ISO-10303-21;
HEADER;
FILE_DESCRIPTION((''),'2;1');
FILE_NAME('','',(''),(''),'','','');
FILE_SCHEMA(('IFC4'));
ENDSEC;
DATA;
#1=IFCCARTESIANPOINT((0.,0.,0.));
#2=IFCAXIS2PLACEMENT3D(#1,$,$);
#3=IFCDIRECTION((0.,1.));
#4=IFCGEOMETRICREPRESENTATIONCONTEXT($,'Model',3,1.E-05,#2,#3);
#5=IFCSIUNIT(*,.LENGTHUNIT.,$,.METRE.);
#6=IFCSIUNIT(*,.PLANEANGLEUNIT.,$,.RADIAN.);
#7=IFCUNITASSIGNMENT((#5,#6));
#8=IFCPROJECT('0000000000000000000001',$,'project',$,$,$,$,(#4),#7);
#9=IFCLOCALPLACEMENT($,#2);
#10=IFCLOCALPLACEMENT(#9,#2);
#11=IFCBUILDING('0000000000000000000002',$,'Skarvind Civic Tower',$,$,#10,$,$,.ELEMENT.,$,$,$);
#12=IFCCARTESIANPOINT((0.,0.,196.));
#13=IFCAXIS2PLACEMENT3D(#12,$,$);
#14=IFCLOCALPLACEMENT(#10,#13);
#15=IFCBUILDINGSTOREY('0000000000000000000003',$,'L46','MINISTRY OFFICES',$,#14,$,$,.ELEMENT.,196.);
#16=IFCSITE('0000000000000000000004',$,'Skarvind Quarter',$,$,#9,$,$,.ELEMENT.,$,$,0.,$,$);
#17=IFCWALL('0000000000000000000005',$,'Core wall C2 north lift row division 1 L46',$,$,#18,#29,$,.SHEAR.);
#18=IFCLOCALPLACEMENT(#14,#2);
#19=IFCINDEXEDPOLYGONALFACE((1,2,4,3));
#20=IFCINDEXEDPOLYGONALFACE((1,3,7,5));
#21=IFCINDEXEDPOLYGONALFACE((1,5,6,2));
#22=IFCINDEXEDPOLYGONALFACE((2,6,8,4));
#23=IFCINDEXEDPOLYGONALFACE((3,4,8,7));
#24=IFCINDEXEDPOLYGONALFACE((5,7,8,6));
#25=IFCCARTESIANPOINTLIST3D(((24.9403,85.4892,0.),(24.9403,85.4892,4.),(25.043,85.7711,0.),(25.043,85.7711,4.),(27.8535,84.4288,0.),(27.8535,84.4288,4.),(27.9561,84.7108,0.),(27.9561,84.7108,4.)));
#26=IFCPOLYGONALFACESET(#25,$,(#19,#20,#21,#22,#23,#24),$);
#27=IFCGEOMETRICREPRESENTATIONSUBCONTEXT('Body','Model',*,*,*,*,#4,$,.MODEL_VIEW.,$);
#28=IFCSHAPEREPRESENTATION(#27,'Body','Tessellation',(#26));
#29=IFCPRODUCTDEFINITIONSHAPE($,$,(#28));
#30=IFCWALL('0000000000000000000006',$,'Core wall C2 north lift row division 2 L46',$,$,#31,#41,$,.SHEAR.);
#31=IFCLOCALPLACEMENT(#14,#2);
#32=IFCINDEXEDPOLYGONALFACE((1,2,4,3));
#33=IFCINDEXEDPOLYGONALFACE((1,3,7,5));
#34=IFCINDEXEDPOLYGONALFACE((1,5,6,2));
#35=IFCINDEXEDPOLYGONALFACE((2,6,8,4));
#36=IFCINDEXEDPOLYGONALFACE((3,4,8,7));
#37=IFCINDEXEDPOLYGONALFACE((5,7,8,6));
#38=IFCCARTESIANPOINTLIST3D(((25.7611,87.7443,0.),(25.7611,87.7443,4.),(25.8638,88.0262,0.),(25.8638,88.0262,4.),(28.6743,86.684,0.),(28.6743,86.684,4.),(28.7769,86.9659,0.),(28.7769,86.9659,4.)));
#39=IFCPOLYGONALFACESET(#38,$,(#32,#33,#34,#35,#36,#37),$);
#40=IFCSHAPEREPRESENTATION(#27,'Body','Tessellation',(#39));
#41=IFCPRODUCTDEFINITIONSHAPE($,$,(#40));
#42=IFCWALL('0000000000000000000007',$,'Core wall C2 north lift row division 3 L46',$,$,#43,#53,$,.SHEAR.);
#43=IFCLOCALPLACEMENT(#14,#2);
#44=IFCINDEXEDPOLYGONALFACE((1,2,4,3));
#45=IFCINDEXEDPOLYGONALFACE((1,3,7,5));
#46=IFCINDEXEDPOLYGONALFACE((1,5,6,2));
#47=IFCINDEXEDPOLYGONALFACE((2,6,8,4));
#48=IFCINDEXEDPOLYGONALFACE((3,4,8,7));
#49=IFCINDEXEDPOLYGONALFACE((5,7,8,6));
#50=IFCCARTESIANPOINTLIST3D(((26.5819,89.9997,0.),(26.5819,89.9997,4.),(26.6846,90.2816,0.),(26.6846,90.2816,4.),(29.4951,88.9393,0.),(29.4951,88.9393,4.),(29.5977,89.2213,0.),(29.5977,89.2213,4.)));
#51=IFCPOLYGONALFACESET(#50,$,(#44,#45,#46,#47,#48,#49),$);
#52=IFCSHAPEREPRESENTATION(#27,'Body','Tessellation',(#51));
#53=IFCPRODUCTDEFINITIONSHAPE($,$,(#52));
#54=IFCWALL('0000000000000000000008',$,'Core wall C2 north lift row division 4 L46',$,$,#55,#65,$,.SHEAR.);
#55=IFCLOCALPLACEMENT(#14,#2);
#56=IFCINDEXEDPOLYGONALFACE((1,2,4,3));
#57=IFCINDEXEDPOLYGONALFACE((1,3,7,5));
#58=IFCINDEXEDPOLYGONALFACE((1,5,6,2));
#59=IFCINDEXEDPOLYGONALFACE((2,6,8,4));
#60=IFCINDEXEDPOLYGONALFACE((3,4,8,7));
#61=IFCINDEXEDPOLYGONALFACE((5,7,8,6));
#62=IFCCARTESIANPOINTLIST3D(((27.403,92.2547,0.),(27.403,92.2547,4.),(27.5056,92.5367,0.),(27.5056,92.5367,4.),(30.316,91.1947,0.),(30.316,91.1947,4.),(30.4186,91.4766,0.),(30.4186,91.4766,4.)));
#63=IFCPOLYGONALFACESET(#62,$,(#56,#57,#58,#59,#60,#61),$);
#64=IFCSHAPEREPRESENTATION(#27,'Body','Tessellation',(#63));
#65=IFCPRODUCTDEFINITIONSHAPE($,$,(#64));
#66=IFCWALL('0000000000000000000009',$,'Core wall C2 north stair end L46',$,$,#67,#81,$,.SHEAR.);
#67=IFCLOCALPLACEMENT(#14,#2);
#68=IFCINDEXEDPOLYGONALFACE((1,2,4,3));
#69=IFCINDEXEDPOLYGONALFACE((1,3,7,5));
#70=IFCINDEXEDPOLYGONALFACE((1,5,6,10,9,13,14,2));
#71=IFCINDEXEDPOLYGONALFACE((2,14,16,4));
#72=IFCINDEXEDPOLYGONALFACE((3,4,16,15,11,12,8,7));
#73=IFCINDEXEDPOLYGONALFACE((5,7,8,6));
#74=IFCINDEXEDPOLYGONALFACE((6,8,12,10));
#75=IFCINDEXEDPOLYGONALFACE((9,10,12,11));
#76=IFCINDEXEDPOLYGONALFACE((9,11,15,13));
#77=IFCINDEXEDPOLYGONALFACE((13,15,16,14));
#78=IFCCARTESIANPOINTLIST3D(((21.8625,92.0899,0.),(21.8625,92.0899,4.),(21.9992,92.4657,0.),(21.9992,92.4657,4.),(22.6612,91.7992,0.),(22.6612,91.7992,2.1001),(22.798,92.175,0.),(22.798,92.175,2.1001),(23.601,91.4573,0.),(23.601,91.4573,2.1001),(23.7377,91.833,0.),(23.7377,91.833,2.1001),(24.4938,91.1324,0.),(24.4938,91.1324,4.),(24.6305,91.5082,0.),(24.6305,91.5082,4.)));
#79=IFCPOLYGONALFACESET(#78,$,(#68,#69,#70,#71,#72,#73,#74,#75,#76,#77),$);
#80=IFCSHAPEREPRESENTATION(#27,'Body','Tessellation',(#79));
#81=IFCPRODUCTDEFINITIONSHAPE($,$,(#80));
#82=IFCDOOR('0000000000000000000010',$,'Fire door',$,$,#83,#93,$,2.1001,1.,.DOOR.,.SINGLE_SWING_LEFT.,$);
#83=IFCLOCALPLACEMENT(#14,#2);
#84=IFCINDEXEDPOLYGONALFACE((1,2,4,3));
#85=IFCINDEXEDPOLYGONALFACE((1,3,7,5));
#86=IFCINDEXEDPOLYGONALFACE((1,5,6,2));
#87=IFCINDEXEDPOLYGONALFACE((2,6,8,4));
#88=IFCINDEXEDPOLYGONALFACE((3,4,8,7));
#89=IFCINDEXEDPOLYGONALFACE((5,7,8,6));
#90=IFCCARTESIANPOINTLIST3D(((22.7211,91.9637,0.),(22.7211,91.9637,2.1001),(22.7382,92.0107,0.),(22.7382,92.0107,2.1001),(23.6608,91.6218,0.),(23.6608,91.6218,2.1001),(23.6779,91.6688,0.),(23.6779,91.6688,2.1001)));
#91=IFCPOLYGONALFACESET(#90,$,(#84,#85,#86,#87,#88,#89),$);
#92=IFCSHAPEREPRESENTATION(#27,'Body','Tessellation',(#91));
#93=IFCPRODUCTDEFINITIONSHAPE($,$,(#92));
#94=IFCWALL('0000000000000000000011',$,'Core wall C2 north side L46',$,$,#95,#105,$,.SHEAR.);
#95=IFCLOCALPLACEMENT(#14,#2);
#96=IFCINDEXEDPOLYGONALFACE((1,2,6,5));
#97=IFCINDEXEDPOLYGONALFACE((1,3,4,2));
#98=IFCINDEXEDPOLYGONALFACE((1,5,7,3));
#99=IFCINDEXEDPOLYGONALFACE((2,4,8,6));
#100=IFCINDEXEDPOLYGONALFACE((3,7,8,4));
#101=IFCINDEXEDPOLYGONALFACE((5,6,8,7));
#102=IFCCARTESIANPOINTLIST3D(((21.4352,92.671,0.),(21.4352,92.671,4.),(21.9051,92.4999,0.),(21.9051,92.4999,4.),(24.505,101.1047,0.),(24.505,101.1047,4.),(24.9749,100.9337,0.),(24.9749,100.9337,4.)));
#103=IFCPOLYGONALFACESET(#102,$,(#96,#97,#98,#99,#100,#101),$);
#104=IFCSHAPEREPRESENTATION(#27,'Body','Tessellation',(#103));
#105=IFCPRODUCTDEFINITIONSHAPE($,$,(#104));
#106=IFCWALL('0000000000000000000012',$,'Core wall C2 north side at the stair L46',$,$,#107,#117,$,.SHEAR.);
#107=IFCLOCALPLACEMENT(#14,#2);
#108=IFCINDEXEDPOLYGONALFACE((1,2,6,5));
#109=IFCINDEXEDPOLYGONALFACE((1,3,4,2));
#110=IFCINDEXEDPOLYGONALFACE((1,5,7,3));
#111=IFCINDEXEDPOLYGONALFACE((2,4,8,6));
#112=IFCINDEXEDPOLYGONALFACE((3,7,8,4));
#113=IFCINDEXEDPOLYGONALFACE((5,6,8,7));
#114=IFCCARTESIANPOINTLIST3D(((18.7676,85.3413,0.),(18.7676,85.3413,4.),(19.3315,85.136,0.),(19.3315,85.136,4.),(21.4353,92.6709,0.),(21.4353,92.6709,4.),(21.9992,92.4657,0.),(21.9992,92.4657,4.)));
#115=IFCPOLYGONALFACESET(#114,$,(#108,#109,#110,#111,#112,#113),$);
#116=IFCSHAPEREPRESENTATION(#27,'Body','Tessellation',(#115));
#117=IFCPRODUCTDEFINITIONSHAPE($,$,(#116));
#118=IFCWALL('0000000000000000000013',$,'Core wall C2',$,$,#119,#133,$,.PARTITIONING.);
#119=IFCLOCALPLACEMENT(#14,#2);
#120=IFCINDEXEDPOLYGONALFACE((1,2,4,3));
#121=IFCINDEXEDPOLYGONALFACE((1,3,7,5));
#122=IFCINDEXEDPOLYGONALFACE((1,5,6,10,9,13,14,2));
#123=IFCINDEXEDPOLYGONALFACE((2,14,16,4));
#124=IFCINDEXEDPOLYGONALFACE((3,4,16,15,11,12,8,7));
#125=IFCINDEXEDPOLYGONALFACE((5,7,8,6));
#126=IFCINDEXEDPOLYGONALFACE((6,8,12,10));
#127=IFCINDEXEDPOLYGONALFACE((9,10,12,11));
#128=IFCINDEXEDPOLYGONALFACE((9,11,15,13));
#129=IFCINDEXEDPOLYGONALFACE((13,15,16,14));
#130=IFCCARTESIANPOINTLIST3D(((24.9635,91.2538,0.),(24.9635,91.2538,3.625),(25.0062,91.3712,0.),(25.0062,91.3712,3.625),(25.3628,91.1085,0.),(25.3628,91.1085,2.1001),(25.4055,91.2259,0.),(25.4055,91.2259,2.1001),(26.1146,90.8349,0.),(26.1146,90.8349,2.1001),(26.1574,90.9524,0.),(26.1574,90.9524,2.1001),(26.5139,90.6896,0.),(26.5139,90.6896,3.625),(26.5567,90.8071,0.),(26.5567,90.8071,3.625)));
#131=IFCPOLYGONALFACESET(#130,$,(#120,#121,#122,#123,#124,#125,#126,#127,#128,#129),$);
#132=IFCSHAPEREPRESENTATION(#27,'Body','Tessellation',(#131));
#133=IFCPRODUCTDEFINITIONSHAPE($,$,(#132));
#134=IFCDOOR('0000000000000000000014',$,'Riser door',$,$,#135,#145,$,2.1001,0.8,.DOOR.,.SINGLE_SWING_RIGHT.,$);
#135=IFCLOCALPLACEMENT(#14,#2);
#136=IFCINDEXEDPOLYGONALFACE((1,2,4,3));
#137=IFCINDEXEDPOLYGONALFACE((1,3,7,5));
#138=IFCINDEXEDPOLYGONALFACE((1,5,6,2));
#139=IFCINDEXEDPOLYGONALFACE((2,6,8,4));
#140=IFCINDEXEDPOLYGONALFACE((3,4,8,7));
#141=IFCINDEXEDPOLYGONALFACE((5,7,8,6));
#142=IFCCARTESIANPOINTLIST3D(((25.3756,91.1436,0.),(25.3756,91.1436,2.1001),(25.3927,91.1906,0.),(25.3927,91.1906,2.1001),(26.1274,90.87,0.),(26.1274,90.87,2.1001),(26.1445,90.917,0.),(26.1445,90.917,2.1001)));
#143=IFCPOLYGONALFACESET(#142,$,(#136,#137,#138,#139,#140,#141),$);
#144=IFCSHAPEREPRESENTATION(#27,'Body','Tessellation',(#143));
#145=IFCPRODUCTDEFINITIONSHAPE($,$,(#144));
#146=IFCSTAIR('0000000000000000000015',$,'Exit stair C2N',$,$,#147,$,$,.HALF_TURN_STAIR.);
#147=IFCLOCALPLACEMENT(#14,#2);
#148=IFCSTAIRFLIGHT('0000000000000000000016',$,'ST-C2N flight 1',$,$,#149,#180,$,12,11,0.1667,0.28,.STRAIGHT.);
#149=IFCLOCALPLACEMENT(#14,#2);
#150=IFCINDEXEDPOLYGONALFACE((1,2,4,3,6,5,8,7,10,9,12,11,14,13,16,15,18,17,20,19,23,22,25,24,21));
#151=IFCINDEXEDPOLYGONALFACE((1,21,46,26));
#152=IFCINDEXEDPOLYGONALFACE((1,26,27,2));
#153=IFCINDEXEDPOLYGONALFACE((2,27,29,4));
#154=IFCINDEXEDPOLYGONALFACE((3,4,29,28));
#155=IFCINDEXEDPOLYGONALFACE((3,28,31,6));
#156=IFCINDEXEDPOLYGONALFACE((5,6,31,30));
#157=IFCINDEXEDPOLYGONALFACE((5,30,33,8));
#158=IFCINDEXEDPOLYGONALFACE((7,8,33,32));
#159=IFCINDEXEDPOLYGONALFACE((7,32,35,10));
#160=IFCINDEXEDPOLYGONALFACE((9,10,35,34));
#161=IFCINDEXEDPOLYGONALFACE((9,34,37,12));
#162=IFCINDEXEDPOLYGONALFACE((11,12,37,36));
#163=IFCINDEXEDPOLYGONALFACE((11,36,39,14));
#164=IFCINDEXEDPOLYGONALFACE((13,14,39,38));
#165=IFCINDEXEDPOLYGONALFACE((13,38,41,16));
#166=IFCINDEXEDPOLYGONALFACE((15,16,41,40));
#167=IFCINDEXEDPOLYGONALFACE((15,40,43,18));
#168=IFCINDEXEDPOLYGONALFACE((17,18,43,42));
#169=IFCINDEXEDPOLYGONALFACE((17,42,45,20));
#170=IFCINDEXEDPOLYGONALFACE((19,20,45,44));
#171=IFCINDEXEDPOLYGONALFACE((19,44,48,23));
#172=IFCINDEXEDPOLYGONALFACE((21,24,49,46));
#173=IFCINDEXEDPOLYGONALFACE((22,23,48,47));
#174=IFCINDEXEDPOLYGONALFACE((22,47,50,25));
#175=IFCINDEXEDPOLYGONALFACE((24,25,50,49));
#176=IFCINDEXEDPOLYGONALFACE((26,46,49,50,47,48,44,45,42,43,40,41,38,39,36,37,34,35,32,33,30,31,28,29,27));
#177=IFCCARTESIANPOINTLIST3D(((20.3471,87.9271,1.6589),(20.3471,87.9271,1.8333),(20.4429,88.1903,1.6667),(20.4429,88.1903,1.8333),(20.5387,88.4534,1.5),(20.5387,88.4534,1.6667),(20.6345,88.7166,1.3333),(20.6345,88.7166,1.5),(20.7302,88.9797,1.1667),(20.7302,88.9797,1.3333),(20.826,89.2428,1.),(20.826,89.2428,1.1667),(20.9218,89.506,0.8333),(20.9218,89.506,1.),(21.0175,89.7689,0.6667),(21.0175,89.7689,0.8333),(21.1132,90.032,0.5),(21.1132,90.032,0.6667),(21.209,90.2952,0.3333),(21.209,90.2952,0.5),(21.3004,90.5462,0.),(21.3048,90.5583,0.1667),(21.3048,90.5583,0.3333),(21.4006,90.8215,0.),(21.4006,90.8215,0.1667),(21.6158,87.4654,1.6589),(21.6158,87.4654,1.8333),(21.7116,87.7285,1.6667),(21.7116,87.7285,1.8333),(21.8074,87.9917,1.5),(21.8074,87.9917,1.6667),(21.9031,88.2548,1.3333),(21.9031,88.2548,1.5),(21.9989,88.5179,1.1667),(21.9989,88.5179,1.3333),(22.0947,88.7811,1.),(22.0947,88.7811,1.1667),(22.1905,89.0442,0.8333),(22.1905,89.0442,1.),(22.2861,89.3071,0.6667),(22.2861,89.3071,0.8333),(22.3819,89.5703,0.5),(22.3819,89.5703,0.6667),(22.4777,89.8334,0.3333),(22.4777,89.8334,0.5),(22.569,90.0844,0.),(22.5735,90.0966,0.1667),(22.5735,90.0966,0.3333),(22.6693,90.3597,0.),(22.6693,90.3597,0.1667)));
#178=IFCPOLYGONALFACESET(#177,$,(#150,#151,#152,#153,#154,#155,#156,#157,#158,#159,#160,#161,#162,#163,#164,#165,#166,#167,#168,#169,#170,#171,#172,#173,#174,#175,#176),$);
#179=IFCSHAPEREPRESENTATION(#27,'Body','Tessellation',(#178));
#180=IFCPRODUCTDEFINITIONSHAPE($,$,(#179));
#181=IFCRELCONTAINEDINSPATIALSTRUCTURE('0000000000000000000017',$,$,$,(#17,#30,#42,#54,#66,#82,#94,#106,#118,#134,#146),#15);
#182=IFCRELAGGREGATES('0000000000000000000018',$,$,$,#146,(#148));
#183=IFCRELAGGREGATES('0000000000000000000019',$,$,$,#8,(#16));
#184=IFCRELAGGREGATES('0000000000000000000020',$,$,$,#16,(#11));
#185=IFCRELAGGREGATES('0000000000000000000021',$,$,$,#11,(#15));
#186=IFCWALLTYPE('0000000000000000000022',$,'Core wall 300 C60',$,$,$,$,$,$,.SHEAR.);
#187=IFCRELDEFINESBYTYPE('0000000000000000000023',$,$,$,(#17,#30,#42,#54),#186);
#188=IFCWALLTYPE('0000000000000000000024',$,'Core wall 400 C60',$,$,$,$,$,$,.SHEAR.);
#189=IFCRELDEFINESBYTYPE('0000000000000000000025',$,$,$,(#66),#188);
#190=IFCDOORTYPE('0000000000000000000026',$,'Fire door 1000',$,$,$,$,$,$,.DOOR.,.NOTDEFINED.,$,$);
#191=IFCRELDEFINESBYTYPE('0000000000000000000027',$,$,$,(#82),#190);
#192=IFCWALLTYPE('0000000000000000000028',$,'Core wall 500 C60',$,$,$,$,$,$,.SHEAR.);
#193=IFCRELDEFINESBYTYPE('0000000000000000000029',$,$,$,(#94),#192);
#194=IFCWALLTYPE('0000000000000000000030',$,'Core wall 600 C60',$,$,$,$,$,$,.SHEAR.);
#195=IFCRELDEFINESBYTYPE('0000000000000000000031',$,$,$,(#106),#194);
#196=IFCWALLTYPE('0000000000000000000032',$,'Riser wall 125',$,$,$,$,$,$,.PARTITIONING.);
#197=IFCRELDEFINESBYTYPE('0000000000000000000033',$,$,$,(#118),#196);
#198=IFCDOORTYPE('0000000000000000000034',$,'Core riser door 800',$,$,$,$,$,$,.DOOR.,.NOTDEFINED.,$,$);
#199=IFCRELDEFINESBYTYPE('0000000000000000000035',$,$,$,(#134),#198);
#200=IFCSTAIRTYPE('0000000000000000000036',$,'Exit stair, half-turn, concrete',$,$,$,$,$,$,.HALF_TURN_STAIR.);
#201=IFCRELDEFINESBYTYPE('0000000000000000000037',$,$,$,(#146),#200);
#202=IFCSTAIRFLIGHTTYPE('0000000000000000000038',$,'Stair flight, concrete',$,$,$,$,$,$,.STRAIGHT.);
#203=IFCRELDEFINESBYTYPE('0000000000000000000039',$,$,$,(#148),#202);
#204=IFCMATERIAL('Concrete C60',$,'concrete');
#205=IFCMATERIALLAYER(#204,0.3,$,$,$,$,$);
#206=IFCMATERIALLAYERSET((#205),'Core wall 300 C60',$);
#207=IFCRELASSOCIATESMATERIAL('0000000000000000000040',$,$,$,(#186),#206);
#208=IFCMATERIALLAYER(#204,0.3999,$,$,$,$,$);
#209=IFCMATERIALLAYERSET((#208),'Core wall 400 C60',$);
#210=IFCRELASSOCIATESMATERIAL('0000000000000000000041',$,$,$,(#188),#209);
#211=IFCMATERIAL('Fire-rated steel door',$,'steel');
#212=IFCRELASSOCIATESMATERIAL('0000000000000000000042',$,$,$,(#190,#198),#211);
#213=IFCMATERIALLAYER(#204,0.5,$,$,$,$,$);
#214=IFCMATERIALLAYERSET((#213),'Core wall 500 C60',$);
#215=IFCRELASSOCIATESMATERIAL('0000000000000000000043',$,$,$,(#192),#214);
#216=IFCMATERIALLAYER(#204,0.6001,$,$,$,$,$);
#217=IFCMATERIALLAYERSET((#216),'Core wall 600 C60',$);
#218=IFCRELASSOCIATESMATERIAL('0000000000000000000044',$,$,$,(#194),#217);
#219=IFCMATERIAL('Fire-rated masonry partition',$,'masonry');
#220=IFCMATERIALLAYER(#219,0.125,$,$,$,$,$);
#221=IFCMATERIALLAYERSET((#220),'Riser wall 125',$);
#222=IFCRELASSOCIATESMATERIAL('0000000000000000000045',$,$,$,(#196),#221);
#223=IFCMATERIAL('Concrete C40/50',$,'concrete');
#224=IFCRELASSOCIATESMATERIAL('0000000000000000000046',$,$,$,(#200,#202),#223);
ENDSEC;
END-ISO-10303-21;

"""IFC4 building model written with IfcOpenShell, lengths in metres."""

from ifc_helpers import new_model, si_unit, direction, frame, frame_2d, origin, place, context, subcontext, project, spatial, polyline, rectangle, outline, extrude, material, layer, layer_set, type_object, element, fill, aggregate, save


model = new_model("IFC4")

# Units and contexts
model_context = context("Model", 3, precision=1e-05, world=origin(), true_north=direction((0.0, 1.0)))
body_context = subcontext(model_context, "Body", "Model", "MODEL_VIEW")
ifc_project = project(units=[si_unit("LENGTHUNIT", "METRE"), si_unit("PLANEANGLEUNIT", "RADIAN")], contexts=[model_context])

# Site, building, storey
site_placement = place(None, origin())
site = spatial("IfcSite", under=ifc_project, at=site_placement, Name="Skarvind Quarter", CompositionType="ELEMENT", RefElevation=0.0)
building_placement = place(site_placement, origin())
building = spatial("IfcBuilding", under=site, at=building_placement, Name="Skarvind Civic Tower", CompositionType="ELEMENT")
storey_placement = place(building_placement, frame((0.0, 0.0, 196.0)))
storey = spatial("IfcBuildingStorey", under=building, at=storey_placement, Name="L46", Description="MINISTRY OFFICES", CompositionType="ELEMENT", Elevation=196.0)

# Walls
ifc_material_1 = material(Name="Concrete C60", Category="concrete")
ifc_layer_1 = layer(ifc_material_1, 0.3)
ifc_layer_set_1 = layer_set([ifc_layer_1], Name="Core wall 300 C60")
wall_type_1 = type_object("IfcWallType", Name="Core wall 300 C60", PredefinedType="SHEAR", material=ifc_layer_set_1)
for number, where, z_axis, x_axis, name in (
    (1, (27.9048, 84.5698, 0.0), (0.0, 0.0, 1.0), (-0.93969, 0.342028, 0.0), "Core wall C2 north lift row division 1 L46"),
    (2, (28.7256, 86.825, 0.0), (0.0, 0.0, 1.0), (-0.93969, 0.342028, 0.0), "Core wall C2 north lift row division 2 L46"),
    (3, (29.5464, 89.0803, 0.0), (0.0, 0.0, 1.0), (-0.93969, 0.342028, 0.0), "Core wall C2 north lift row division 3 L46"),
):
    element("IfcWall", number, at=place(storey_placement, frame(where, z_axis=z_axis, x_axis=x_axis)), inside=storey, type_object=wall_type_1, Name=name, PredefinedType="SHEAR", context=body_context, shape_type="SweptSolid", body=[
        extrude(rectangle(XDim=3.1001, YDim=0.3, at=frame_2d((1.55, 0.0))), origin(), (0.0, 0.0, 1.0), 4.0),
    ])
wall_1_placement = place(storey_placement, frame((30.3672, 91.3357, 0.0), z_axis=(0.0, 0.0, 1.0), x_axis=(-0.939715, 0.341958, 0.0)))
element("IfcWall", 4, at=wall_1_placement, inside=storey, type_object=wall_type_1, Name="Core wall C2 north lift row division 4 L46", PredefinedType="SHEAR", context=body_context, shape_type="SweptSolid", body=[
    extrude(rectangle(XDim=3.0999, YDim=0.3, at=frame_2d((1.5498, 0.0))), origin(), (0.0, 0.0, 1.0), 4.0),
])

# Wall, opening, door
ifc_layer_2 = layer(ifc_material_1, 0.3999)
ifc_layer_set_2 = layer_set([ifc_layer_2], Name="Core wall 400 C60")
wall_type_2 = type_object("IfcWallType", Name="Core wall 400 C60", PredefinedType="SHEAR", material=ifc_layer_set_2)
wall_2_placement = place(storey_placement, frame((24.562, 91.3203, 0.0), z_axis=(0.0, 0.0, 1.0), x_axis=(-0.939717, 0.341953, 0.0)))
wall_2 = element("IfcWall", 5, at=wall_2_placement, inside=storey, type_object=wall_type_2, Name="Core wall C2 north stair end L46", PredefinedType="SHEAR", context=body_context, shape_type="SweptSolid", body=[
    extrude(rectangle(XDim=2.8, YDim=0.3999, at=frame_2d((1.3999, 0.0))), origin(), (0.0, 0.0, 1.0), 4.0),
])
opening_1_placement = place(wall_2_placement, frame((0.95, 0.0, 0.0)))
opening_1 = element("IfcOpeningElement", 6, at=opening_1_placement, cuts=wall_2, PredefinedType="OPENING", context=body_context, shape_type="SweptSolid", body=[
    extrude(rectangle(XDim=1.0, YDim=2.1001, at=frame_2d((0.5, 1.05))), frame((0.0, 0.21, 0.0), z_axis=(0.0, -1.0, 0.0), x_axis=(1.0, 0.0, 0.0)), (0.0, 0.0, 1.0), 0.4199),
])
ifc_material_2 = material(Name="Fire-rated steel door", Category="steel")
door_type_1 = type_object("IfcDoorType", Name="Fire door 1000", OperationType="NOTDEFINED", PredefinedType="DOOR", material=ifc_material_2)
door_1_placement = place(opening_1_placement, origin())
door_1 = element("IfcDoor", 7, at=door_1_placement, inside=storey, type_object=door_type_1, Name="Fire door", OperationType="SINGLE_SWING_LEFT", OverallHeight=2.1001, OverallWidth=1.0, PredefinedType="DOOR", context=body_context, shape_type="SweptSolid", body=[
    extrude(rectangle(XDim=1.0, YDim=2.1001, at=frame_2d((0.5, 1.05))), frame((0.0, 0.0249, 0.0), z_axis=(0.0, -1.0, 0.0), x_axis=(1.0, 0.0, 0.0)), (0.0, 0.0, 1.0), 0.05),
])
fill(opening_1, door_1)

# Walls
ifc_layer_3 = layer(ifc_material_1, 0.5)
ifc_layer_set_3 = layer_set([ifc_layer_3], Name="Core wall 500 C60")
wall_type_3 = type_object("IfcWallType", Name="Core wall 500 C60", PredefinedType="SHEAR", material=ifc_layer_set_3)
wall_3_placement = place(storey_placement, frame((21.6702, 92.5854, 0.0), z_axis=(0.0, 0.0, 1.0), x_axis=(0.342036, 0.939687, 0.0)))
element("IfcWall", 8, at=wall_3_placement, inside=storey, type_object=wall_type_3, Name="Core wall C2 north side L46", PredefinedType="SHEAR", context=body_context, shape_type="SweptSolid", body=[
    extrude(rectangle(XDim=8.9751, YDim=0.5, at=frame_2d((4.4875, 0.0))), origin(), (0.0, 0.0, 1.0), 4.0),
])
ifc_layer_4 = layer(ifc_material_1, 0.6001)
ifc_layer_set_4 = layer_set([ifc_layer_4], Name="Core wall 600 C60")
wall_type_4 = type_object("IfcWallType", Name="Core wall 600 C60", PredefinedType="SHEAR", material=ifc_layer_set_4)
wall_4_placement = place(storey_placement, frame((19.0496, 85.2388, 0.0), z_axis=(0.0, 0.0, 1.0), x_axis=(0.342017, 0.939694, 0.0)))
element("IfcWall", 9, at=wall_4_placement, inside=storey, type_object=wall_type_4, Name="Core wall C2 north side at the stair L46", PredefinedType="SHEAR", context=body_context, shape_type="SweptSolid", body=[
    extrude(rectangle(XDim=7.8, YDim=0.6001, at=frame_2d((3.8999, 0.0))), origin(), (0.0, 0.0, 1.0), 4.0),
])

# Wall, opening, door
ifc_material_3 = material(Name="Fire-rated masonry partition", Category="masonry")
ifc_layer_5 = layer(ifc_material_3, 0.125)
ifc_layer_set_5 = layer_set([ifc_layer_5], Name="Riser wall 125")
wall_type_5 = type_object("IfcWallType", Name="Riser wall 125", PredefinedType="PARTITIONING", material=ifc_layer_set_5)
wall_5_placement = place(storey_placement, frame((24.9849, 91.3125, 0.0), z_axis=(0.0, 0.0, 1.0), x_axis=(0.93972, -0.341945, 0.0)))
wall_5 = element("IfcWall", 10, at=wall_5_placement, inside=storey, type_object=wall_type_5, Name="Core wall C2", PredefinedType="PARTITIONING", context=body_context, shape_type="SweptSolid", body=[
    extrude(rectangle(XDim=1.6499, YDim=0.125, at=frame_2d((0.825, 0.0))), origin(), (0.0, 0.0, 1.0), 3.625),
])
opening_2_placement = place(wall_5_placement, frame((0.425, 0.0, 0.0)))
opening_2 = element("IfcOpeningElement", 11, at=opening_2_placement, cuts=wall_5, PredefinedType="OPENING", context=body_context, shape_type="SweptSolid", body=[
    extrude(rectangle(XDim=0.8, YDim=2.1001, at=frame_2d((0.3999, 1.05))), frame((0.0, 0.0725, 0.0), z_axis=(0.0, -1.0, 0.0), x_axis=(1.0, 0.0, 0.0)), (0.0, 0.0, 1.0), 0.145),
])
door_type_2 = type_object("IfcDoorType", Name="Core riser door 800", OperationType="NOTDEFINED", PredefinedType="DOOR", material=ifc_material_2)
door_2_placement = place(opening_2_placement, origin())
door_2 = element("IfcDoor", 12, at=door_2_placement, inside=storey, type_object=door_type_2, Name="Riser door", OperationType="SINGLE_SWING_RIGHT", OverallHeight=2.1001, OverallWidth=0.8, PredefinedType="DOOR", context=body_context, shape_type="SweptSolid", body=[
    extrude(rectangle(XDim=0.8, YDim=2.1001, at=frame_2d((0.3999, 1.05))), frame((0.0, 0.0249, 0.0), z_axis=(0.0, -1.0, 0.0), x_axis=(1.0, 0.0, 0.0)), (0.0, 0.0, 1.0), 0.05),
])
fill(opening_2, door_2)

# Stair, stair flight
ifc_material_4 = material(Name="Concrete C40/50", Category="concrete")
stair_type = type_object("IfcStairType", Name="Exit stair, half-turn, concrete", PredefinedType="HALF_TURN_STAIR", material=ifc_material_4)
stair_placement = place(storey_placement, origin())
stair = element("IfcStair", 13, at=stair_placement, inside=storey, type_object=stair_type, Name="Exit stair C2N", PredefinedType="HALF_TURN_STAIR")
stair_flight_type = type_object("IfcStairFlightType", Name="Stair flight, concrete", PredefinedType="STRAIGHT", material=ifc_material_4)
stair_flight_1_placement = place(storey_placement, frame((22.0349, 90.5906, 0.0), z_axis=(0.0, 0.0, 1.0), x_axis=(-0.34202, -0.939693, 0.0)))
stair_flight_1 = element("IfcStairFlight", 14, at=stair_flight_1_placement, type_object=stair_flight_type, Name="ST-C2N flight 1", NumberOfRisers=12, NumberOfTreads=11, PredefinedType="STRAIGHT", RiserHeight=0.1667, TreadLength=0.28, context=body_context, shape_type="SweptSolid", body=[
    extrude(outline(polyline([(0.0, 0.0), (0.0, 0.1667), (0.28, 0.1667), (0.28, 0.3333), (0.5601, 0.3333), (0.5601, 0.5), (0.8401, 0.5), (0.8401, 0.6667), (1.1201, 0.6667), (1.1201, 0.8333), (1.3999, 0.8333), (1.3999, 1.0), (1.6799, 1.0), (1.6799, 1.1667), (1.96, 1.1667), (1.96, 1.3333), (2.24, 1.3333), (2.24, 1.5), (2.52, 1.5), (2.52, 1.6667), (2.8, 1.6667), (2.8, 1.8333), (3.0801, 1.8333), (3.0801, 2.0), (3.0801, 1.6589), (0.293, 0.0), (0.0, 0.0)])), frame((0.0, 0.675, 0.0), z_axis=(0.0, -1.0, 0.0), x_axis=(1.0, 0.0, 0.0)), (0.0, 0.0, 1.0), 1.3501),
])
aggregate(stair, [stair_flight_1])

save(model, "model.ifc")
